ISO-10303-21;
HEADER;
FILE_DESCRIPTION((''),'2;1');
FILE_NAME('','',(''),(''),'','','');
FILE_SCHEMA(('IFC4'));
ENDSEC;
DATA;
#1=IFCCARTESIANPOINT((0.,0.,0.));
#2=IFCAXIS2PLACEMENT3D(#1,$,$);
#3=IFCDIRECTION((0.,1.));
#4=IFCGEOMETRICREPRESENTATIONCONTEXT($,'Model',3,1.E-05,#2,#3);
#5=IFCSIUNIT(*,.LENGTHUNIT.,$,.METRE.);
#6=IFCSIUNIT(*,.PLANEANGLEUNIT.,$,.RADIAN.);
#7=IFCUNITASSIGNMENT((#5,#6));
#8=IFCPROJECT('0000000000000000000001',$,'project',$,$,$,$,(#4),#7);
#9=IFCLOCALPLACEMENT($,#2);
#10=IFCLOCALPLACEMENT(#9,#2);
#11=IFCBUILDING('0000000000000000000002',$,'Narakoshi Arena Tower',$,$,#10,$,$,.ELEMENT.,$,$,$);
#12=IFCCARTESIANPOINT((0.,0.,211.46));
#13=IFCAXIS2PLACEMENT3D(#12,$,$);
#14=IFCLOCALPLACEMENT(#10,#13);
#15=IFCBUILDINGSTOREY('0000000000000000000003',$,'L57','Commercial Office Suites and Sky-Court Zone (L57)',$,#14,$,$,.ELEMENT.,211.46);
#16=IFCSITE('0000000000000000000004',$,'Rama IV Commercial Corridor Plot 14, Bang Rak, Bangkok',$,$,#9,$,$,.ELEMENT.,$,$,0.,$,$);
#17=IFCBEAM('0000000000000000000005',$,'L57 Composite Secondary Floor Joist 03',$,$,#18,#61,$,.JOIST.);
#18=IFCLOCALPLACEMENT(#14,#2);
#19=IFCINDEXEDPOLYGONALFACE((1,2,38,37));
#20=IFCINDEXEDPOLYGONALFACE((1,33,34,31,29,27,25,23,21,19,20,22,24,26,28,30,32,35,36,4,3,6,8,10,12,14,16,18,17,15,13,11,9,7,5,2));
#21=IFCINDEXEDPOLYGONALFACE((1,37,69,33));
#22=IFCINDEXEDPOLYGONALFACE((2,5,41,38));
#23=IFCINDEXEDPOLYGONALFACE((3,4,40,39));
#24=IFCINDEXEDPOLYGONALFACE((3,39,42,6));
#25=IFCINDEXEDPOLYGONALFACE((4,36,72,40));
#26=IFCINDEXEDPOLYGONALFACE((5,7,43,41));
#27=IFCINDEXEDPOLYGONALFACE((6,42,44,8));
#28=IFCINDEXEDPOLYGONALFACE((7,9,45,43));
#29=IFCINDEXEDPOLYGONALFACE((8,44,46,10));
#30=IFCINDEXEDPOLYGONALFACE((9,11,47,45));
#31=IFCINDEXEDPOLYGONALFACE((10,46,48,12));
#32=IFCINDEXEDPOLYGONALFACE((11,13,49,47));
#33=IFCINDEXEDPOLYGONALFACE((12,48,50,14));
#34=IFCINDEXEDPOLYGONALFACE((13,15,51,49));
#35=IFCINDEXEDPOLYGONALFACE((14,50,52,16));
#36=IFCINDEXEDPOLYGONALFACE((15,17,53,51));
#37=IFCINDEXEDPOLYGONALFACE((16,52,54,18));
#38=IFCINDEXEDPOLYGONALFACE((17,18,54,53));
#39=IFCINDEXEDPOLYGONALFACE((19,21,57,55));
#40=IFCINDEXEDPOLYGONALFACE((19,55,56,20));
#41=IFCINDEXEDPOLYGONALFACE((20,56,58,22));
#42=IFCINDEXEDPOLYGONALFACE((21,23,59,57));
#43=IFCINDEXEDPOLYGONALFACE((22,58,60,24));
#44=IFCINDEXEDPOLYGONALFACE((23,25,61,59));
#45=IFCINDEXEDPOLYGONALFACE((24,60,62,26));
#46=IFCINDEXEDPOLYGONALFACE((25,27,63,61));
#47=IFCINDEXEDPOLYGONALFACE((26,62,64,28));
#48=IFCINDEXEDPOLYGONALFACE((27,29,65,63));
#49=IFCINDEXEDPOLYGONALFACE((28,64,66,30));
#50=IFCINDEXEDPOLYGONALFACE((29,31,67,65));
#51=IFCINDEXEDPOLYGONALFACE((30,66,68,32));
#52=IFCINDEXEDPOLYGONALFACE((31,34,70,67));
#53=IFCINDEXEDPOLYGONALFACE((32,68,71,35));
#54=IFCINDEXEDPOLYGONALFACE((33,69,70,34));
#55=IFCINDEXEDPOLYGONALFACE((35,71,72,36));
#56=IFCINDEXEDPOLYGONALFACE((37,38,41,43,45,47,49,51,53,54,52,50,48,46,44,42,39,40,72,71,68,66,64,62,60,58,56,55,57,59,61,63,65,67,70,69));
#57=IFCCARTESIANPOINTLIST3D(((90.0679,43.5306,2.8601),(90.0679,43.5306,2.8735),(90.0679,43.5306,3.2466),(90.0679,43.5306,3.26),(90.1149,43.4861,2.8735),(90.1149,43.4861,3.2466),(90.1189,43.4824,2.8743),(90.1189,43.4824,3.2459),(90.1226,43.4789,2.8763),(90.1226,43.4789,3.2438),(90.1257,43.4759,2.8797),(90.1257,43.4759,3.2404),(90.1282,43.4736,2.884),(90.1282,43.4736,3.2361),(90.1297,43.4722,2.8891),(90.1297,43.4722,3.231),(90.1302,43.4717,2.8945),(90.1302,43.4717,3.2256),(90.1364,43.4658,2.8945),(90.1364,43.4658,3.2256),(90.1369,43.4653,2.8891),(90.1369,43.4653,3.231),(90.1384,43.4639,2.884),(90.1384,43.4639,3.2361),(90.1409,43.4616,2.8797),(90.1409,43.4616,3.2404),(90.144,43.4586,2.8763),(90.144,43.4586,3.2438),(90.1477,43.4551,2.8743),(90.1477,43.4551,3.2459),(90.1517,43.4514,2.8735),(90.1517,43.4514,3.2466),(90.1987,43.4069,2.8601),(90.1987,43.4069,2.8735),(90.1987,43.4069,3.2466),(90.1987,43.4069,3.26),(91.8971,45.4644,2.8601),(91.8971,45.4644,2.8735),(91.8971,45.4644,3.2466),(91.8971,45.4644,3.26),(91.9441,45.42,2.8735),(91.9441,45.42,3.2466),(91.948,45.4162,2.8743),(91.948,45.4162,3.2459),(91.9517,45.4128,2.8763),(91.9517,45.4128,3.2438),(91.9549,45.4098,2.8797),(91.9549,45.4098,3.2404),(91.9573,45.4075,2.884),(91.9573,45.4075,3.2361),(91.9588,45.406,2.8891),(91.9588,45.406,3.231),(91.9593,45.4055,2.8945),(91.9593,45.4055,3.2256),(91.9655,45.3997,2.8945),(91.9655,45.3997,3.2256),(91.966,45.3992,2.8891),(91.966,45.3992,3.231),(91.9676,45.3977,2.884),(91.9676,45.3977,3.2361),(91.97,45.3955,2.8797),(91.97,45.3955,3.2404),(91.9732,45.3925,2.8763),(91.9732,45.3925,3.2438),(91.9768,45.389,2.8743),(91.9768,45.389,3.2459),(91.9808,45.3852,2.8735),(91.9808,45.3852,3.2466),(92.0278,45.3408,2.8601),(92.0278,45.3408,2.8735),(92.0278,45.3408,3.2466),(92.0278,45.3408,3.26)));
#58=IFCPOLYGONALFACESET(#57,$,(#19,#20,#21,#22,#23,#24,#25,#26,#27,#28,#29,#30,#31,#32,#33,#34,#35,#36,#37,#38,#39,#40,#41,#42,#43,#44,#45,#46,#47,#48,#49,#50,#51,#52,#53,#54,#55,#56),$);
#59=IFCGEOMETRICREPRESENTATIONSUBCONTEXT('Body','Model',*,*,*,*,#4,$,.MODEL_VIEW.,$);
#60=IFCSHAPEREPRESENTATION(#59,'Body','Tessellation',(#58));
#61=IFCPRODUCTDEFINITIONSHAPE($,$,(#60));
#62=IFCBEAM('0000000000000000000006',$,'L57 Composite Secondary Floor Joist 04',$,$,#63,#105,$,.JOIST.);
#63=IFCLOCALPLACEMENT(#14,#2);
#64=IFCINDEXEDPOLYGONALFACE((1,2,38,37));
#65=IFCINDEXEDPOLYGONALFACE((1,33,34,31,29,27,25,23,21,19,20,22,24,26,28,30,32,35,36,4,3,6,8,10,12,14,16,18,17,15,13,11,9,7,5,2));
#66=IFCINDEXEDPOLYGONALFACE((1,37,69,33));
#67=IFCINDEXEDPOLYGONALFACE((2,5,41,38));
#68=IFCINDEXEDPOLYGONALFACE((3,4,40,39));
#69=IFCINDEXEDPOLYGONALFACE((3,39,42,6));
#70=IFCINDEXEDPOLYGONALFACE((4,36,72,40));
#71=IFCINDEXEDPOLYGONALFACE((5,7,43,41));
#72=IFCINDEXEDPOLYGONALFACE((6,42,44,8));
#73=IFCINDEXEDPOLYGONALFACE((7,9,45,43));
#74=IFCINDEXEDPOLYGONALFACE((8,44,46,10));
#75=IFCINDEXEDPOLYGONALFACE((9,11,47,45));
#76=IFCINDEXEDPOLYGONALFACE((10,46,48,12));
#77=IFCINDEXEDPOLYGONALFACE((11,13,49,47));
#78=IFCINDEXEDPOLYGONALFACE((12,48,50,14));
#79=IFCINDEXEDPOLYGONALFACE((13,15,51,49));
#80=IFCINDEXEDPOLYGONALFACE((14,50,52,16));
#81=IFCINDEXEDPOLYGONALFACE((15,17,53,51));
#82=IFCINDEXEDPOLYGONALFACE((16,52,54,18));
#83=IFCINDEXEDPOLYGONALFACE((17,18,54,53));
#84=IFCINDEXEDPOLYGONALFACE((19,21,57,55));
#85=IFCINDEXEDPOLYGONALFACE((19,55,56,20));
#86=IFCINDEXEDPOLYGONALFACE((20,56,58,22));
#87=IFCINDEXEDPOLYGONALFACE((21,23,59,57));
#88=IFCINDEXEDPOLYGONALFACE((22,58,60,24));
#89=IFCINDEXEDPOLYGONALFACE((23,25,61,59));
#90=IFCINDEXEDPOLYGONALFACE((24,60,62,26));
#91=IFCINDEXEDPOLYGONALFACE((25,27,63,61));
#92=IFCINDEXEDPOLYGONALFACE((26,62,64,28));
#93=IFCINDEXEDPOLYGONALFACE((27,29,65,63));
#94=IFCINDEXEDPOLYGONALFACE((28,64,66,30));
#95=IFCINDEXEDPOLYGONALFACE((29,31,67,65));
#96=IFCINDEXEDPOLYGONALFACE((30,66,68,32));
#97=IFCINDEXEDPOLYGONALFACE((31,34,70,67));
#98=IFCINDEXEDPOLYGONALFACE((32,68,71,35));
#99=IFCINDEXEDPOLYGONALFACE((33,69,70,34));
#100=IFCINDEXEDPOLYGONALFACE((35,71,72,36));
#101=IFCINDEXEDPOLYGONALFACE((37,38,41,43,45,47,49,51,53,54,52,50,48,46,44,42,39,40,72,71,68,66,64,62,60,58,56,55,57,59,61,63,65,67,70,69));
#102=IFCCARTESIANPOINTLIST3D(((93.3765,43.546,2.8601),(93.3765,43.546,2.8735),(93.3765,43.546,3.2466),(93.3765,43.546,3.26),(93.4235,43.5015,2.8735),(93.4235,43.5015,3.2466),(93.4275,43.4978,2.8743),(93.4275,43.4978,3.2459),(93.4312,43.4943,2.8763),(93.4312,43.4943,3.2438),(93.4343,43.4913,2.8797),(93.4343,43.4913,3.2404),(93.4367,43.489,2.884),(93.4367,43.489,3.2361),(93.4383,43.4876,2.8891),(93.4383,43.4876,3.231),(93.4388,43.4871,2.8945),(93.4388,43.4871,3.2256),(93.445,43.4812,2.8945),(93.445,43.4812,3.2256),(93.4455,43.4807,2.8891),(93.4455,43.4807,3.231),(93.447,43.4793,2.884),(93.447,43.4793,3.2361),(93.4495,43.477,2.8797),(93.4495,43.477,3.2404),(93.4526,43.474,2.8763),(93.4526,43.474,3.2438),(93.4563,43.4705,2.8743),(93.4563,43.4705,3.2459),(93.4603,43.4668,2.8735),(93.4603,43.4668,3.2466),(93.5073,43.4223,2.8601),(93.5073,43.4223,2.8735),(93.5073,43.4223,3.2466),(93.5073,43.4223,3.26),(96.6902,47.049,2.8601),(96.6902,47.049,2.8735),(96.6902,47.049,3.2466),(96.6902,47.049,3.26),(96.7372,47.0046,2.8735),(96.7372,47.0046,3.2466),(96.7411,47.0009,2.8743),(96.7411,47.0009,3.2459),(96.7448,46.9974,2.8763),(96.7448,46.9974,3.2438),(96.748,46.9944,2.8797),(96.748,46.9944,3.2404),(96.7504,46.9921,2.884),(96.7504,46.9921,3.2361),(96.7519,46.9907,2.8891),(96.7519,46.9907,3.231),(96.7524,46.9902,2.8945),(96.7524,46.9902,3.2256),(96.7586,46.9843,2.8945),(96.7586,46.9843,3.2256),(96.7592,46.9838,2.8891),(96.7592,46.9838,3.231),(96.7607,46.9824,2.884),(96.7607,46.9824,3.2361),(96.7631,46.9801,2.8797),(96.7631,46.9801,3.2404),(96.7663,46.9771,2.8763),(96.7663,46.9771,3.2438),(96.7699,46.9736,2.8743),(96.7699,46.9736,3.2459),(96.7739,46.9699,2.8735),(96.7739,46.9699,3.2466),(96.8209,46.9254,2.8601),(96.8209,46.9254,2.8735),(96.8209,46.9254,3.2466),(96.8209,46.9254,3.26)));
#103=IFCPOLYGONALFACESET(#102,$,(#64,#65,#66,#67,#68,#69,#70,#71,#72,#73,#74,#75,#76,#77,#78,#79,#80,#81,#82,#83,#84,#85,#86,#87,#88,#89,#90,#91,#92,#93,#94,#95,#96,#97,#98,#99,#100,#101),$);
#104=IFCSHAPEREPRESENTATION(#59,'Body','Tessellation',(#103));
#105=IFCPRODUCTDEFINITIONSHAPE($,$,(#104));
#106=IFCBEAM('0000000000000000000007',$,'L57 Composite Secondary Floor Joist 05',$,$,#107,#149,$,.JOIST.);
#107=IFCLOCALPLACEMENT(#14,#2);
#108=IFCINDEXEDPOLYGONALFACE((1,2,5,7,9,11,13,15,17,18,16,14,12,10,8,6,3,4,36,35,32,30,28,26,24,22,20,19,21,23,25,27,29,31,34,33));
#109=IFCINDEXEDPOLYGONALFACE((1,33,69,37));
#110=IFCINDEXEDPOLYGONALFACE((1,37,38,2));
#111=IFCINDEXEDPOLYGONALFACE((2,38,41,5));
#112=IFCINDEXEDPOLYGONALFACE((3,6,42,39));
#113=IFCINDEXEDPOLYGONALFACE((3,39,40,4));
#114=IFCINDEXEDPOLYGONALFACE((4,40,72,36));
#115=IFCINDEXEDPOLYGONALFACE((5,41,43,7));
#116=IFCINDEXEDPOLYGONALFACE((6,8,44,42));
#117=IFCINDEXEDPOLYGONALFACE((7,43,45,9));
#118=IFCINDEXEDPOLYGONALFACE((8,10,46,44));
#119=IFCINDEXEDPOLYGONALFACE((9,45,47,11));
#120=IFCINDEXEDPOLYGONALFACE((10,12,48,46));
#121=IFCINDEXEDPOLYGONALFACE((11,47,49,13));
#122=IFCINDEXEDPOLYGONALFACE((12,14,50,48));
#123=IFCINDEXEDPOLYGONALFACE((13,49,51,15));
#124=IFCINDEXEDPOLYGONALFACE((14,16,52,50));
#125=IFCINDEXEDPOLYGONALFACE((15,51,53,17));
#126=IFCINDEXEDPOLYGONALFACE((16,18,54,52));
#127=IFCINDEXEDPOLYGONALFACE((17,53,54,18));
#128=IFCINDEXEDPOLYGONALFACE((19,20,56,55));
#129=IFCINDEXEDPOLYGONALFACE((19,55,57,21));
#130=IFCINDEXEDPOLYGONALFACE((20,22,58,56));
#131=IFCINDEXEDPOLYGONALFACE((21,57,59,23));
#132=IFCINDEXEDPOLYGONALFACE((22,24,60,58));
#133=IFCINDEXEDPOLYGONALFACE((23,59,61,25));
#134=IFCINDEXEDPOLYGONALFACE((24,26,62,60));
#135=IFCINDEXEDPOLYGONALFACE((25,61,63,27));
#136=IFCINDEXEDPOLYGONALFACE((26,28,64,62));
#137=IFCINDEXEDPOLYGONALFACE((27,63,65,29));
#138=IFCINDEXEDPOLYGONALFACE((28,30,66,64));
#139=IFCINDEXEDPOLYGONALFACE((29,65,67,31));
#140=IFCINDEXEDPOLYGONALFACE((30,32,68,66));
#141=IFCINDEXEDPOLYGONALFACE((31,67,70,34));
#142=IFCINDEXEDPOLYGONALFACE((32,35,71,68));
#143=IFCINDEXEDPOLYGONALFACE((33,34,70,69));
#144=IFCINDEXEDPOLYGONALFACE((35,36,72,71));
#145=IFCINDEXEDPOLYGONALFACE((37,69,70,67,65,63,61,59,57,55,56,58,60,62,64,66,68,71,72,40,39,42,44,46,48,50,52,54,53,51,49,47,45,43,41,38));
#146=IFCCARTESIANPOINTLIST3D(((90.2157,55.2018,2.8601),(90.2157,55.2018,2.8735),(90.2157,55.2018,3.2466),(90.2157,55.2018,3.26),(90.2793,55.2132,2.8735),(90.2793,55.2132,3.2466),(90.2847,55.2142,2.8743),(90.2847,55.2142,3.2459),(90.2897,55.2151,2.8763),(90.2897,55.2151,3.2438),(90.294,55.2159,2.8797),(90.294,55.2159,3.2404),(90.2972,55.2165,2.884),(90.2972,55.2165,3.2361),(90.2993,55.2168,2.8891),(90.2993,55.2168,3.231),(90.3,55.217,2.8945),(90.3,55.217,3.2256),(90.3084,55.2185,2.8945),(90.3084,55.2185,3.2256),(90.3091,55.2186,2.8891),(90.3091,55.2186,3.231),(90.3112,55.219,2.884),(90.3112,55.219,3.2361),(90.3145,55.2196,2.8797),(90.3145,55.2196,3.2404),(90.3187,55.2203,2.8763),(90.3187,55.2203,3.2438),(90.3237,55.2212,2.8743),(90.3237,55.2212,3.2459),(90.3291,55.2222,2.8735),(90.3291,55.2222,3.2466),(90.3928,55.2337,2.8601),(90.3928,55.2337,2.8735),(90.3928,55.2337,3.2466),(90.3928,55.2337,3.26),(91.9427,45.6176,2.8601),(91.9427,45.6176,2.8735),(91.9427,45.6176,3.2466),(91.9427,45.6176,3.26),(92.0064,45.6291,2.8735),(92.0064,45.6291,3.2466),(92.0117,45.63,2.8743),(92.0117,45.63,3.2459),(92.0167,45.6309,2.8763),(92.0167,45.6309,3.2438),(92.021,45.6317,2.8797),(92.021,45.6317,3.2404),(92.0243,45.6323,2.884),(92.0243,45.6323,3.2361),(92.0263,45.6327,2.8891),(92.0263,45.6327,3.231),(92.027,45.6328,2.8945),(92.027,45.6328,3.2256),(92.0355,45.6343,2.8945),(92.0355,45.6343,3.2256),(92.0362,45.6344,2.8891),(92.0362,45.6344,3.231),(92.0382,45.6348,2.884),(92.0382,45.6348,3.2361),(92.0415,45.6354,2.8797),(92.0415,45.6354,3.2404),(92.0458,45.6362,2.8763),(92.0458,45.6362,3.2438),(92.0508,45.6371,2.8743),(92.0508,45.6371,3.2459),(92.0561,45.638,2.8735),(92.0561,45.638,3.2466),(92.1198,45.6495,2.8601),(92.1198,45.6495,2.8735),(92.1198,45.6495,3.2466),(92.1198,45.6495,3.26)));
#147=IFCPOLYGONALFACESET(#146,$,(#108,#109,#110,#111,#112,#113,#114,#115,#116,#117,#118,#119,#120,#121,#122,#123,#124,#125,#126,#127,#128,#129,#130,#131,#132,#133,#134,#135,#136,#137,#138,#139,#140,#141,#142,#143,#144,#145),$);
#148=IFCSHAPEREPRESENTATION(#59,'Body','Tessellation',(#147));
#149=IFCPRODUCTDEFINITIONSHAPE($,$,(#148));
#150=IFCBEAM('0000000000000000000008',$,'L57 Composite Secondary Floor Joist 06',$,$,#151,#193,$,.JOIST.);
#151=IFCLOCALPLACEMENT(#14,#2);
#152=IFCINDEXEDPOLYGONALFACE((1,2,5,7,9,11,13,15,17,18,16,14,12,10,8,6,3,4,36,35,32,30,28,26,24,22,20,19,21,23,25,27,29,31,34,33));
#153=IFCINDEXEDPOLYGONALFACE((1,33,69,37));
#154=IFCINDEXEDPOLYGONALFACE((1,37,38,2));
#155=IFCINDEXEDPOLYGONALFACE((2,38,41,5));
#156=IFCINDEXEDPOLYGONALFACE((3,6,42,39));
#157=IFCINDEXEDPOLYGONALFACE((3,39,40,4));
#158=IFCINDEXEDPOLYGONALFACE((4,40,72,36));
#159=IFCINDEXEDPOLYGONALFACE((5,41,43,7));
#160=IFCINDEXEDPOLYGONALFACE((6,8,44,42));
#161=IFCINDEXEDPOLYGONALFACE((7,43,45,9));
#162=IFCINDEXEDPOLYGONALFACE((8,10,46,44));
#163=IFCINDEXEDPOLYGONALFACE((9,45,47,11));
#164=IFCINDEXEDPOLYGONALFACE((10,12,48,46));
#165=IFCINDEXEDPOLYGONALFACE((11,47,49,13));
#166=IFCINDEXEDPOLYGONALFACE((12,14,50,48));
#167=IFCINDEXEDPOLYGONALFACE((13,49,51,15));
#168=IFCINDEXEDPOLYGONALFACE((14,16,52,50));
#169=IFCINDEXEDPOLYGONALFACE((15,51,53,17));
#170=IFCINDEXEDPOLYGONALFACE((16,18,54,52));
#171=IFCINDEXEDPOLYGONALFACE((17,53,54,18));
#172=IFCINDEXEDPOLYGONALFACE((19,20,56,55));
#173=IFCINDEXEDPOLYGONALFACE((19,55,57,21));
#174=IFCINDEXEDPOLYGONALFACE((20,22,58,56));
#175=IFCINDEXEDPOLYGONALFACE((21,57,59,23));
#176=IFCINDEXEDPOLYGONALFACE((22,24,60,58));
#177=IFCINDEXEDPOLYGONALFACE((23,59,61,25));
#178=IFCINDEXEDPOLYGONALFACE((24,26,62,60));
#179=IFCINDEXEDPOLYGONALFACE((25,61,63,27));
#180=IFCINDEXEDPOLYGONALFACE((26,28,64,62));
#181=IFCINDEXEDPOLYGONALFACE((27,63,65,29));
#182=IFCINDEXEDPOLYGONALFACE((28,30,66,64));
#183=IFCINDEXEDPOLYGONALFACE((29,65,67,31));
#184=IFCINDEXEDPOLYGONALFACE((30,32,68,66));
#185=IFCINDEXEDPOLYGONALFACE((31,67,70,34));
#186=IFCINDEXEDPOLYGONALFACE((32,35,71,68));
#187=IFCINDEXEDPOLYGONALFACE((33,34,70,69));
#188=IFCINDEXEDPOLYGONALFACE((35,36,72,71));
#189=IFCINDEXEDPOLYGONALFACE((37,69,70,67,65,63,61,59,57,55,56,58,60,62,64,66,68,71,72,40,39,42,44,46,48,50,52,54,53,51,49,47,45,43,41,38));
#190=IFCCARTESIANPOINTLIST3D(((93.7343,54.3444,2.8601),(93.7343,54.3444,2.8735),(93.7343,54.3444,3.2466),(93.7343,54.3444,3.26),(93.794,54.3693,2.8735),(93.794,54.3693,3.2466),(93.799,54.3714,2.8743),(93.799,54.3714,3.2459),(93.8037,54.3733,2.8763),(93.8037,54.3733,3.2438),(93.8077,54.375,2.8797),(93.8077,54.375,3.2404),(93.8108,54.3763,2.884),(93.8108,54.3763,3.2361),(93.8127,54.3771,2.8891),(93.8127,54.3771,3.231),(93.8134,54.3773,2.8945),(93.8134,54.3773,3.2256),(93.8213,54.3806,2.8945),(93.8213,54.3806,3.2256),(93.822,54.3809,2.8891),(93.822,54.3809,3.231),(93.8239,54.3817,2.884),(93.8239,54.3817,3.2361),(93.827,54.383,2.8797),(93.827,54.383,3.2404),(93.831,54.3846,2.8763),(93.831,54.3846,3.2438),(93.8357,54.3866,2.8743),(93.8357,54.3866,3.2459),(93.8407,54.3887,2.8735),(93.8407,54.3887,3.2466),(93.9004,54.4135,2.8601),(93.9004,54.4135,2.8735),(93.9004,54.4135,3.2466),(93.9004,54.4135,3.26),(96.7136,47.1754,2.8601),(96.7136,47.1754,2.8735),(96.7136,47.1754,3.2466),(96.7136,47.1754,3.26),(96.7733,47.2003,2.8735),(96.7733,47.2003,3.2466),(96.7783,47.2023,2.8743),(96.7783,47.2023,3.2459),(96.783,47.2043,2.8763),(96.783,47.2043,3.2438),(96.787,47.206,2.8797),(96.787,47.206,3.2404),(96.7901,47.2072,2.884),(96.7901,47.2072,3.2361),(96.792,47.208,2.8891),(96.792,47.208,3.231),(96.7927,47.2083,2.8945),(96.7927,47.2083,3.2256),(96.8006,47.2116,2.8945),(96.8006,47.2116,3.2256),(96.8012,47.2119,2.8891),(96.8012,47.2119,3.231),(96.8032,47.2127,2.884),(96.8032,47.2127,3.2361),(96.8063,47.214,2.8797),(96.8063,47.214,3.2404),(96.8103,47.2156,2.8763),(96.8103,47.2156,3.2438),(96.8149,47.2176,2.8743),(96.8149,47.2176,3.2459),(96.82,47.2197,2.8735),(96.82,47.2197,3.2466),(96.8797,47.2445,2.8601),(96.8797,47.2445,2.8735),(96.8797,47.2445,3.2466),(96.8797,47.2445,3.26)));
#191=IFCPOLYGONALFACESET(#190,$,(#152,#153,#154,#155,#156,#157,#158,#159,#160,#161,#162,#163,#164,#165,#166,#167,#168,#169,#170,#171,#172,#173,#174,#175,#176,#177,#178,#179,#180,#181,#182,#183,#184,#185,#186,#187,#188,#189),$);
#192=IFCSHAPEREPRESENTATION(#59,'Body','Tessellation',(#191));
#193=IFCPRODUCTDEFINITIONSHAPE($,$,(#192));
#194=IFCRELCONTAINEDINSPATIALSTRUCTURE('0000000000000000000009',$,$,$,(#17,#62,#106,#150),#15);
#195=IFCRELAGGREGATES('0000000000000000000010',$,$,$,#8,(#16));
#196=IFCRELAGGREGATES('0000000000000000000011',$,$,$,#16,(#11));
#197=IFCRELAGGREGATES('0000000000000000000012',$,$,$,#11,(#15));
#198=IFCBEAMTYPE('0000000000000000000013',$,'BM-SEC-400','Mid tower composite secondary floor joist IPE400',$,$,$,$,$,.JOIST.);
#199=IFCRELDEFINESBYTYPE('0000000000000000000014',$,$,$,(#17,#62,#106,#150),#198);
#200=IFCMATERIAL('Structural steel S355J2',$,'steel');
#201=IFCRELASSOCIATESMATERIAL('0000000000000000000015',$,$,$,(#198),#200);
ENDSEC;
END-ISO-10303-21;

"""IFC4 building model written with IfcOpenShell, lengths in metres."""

from ifc_helpers import new_model, si_unit, direction, frame, origin, origin_2d, place, context, subcontext, project, spatial, i_section, extrude, material, material_profile, profile_set, type_object, element, save


model = new_model("IFC4")

# Units and contexts
model_context = context("Model", 3, precision=1e-05, world=origin(), true_north=direction((0.0, 1.0)))
body_context = subcontext(model_context, "Body", "Model", "MODEL_VIEW")
ifc_project = project(units=[si_unit("LENGTHUNIT", "METRE"), si_unit("PLANEANGLEUNIT", "RADIAN")], contexts=[model_context])

# Site, building, storey
site_placement = place(None, origin())
site = spatial("IfcSite", under=ifc_project, at=site_placement, Name="Rama IV Commercial Corridor Plot 14, Bang Rak, Bangkok", CompositionType="ELEMENT", RefElevation=0.0)
building_placement = place(site_placement, origin())
building = spatial("IfcBuilding", under=site, at=building_placement, Name="Narakoshi Arena Tower", CompositionType="ELEMENT")
storey_placement = place(building_placement, frame((0.0, 0.0, 211.46)))
storey = spatial("IfcBuildingStorey", under=building, at=storey_placement, Name="L57", Description="Commercial Office Suites and Sky-Court Zone (L57)", CompositionType="ELEMENT", Elevation=211.46)

# Beams
ifc_material_1 = material(Name="Structural steel S355J2", Category="steel")
ifc_material_profile_1 = material_profile(ifc_material_1, i_section(OverallWidth=0.1799, OverallDepth=0.3999, WebThickness=0.0085, FlangeThickness=0.0134, FilletRadius=0.021, at=origin_2d()), Name="IPE400")
ifc_profile_set_1 = profile_set([ifc_material_profile_1], Name="Structural steel S355J2")
beam_type_1 = type_object("IfcBeamType", Name="BM-SEC-400", Description="Mid tower composite secondary floor joist IPE400", PredefinedType="JOIST", material=ifc_profile_set_1)
beam_1_placement = place(storey_placement, frame((90.1333, 43.4688, 3.0601), z_axis=(0.687159, 0.726507, 0.0), x_axis=(-0.726507, 0.687159, 0.0)))
element("IfcBeam", 1, at=beam_1_placement, inside=storey, type_object=beam_type_1, Name="L57 Composite Secondary Floor Joist 03", PredefinedType="JOIST", context=body_context, shape_type="SweptSolid", body=[
    extrude(i_section(OverallWidth=0.1799, OverallDepth=0.3999, WebThickness=0.0085, FlangeThickness=0.0134, FilletRadius=0.021, at=origin_2d()), origin(), (0.0, 0.0, 1.0), 2.6619),
])
beam_2_placement = place(storey_placement, frame((93.4419, 43.4841, 3.0601), z_axis=(0.68719, 0.726478, 0.0), x_axis=(-0.726478, 0.68719, 0.0)))
element("IfcBeam", 2, at=beam_2_placement, inside=storey, type_object=beam_type_1, Name="L57 Composite Secondary Floor Joist 04", PredefinedType="JOIST", context=body_context, shape_type="SweptSolid", body=[
    extrude(i_section(OverallWidth=0.1799, OverallDepth=0.3999, WebThickness=0.0085, FlangeThickness=0.0134, FilletRadius=0.021, at=origin_2d()), origin(), (0.0, 0.0, 1.0), 4.822),
])
beam_3_placement = place(storey_placement, frame((92.0312, 45.6335, 3.0601), z_axis=(-0.177341, 0.984149, 0.0), x_axis=(-0.984149, -0.177341, 0.0)))
element("IfcBeam", 3, at=beam_3_placement, inside=storey, type_object=beam_type_1, Name="L57 Composite Secondary Floor Joist 05", PredefinedType="JOIST", context=body_context, shape_type="SweptSolid", body=[
    extrude(i_section(OverallWidth=0.1799, OverallDepth=0.3999, WebThickness=0.0085, FlangeThickness=0.0134, FilletRadius=0.021, at=origin_2d()), origin(), (0.0, 0.0, 1.0), 9.7385),
])
beam_4_placement = place(storey_placement, frame((96.7966, 47.21, 3.0601), z_axis=(-0.383758, 0.923434, 0.0), x_axis=(-0.923434, -0.383758, 0.0)))
element("IfcBeam", 4, at=beam_4_placement, inside=storey, type_object=beam_type_1, Name="L57 Composite Secondary Floor Joist 06", PredefinedType="JOIST", context=body_context, shape_type="SweptSolid", body=[
    extrude(i_section(OverallWidth=0.1799, OverallDepth=0.3999, WebThickness=0.0085, FlangeThickness=0.0134, FilletRadius=0.021, at=origin_2d()), origin(), (0.0, 0.0, 1.0), 7.7634),
])

save(model, "model.ifc")
